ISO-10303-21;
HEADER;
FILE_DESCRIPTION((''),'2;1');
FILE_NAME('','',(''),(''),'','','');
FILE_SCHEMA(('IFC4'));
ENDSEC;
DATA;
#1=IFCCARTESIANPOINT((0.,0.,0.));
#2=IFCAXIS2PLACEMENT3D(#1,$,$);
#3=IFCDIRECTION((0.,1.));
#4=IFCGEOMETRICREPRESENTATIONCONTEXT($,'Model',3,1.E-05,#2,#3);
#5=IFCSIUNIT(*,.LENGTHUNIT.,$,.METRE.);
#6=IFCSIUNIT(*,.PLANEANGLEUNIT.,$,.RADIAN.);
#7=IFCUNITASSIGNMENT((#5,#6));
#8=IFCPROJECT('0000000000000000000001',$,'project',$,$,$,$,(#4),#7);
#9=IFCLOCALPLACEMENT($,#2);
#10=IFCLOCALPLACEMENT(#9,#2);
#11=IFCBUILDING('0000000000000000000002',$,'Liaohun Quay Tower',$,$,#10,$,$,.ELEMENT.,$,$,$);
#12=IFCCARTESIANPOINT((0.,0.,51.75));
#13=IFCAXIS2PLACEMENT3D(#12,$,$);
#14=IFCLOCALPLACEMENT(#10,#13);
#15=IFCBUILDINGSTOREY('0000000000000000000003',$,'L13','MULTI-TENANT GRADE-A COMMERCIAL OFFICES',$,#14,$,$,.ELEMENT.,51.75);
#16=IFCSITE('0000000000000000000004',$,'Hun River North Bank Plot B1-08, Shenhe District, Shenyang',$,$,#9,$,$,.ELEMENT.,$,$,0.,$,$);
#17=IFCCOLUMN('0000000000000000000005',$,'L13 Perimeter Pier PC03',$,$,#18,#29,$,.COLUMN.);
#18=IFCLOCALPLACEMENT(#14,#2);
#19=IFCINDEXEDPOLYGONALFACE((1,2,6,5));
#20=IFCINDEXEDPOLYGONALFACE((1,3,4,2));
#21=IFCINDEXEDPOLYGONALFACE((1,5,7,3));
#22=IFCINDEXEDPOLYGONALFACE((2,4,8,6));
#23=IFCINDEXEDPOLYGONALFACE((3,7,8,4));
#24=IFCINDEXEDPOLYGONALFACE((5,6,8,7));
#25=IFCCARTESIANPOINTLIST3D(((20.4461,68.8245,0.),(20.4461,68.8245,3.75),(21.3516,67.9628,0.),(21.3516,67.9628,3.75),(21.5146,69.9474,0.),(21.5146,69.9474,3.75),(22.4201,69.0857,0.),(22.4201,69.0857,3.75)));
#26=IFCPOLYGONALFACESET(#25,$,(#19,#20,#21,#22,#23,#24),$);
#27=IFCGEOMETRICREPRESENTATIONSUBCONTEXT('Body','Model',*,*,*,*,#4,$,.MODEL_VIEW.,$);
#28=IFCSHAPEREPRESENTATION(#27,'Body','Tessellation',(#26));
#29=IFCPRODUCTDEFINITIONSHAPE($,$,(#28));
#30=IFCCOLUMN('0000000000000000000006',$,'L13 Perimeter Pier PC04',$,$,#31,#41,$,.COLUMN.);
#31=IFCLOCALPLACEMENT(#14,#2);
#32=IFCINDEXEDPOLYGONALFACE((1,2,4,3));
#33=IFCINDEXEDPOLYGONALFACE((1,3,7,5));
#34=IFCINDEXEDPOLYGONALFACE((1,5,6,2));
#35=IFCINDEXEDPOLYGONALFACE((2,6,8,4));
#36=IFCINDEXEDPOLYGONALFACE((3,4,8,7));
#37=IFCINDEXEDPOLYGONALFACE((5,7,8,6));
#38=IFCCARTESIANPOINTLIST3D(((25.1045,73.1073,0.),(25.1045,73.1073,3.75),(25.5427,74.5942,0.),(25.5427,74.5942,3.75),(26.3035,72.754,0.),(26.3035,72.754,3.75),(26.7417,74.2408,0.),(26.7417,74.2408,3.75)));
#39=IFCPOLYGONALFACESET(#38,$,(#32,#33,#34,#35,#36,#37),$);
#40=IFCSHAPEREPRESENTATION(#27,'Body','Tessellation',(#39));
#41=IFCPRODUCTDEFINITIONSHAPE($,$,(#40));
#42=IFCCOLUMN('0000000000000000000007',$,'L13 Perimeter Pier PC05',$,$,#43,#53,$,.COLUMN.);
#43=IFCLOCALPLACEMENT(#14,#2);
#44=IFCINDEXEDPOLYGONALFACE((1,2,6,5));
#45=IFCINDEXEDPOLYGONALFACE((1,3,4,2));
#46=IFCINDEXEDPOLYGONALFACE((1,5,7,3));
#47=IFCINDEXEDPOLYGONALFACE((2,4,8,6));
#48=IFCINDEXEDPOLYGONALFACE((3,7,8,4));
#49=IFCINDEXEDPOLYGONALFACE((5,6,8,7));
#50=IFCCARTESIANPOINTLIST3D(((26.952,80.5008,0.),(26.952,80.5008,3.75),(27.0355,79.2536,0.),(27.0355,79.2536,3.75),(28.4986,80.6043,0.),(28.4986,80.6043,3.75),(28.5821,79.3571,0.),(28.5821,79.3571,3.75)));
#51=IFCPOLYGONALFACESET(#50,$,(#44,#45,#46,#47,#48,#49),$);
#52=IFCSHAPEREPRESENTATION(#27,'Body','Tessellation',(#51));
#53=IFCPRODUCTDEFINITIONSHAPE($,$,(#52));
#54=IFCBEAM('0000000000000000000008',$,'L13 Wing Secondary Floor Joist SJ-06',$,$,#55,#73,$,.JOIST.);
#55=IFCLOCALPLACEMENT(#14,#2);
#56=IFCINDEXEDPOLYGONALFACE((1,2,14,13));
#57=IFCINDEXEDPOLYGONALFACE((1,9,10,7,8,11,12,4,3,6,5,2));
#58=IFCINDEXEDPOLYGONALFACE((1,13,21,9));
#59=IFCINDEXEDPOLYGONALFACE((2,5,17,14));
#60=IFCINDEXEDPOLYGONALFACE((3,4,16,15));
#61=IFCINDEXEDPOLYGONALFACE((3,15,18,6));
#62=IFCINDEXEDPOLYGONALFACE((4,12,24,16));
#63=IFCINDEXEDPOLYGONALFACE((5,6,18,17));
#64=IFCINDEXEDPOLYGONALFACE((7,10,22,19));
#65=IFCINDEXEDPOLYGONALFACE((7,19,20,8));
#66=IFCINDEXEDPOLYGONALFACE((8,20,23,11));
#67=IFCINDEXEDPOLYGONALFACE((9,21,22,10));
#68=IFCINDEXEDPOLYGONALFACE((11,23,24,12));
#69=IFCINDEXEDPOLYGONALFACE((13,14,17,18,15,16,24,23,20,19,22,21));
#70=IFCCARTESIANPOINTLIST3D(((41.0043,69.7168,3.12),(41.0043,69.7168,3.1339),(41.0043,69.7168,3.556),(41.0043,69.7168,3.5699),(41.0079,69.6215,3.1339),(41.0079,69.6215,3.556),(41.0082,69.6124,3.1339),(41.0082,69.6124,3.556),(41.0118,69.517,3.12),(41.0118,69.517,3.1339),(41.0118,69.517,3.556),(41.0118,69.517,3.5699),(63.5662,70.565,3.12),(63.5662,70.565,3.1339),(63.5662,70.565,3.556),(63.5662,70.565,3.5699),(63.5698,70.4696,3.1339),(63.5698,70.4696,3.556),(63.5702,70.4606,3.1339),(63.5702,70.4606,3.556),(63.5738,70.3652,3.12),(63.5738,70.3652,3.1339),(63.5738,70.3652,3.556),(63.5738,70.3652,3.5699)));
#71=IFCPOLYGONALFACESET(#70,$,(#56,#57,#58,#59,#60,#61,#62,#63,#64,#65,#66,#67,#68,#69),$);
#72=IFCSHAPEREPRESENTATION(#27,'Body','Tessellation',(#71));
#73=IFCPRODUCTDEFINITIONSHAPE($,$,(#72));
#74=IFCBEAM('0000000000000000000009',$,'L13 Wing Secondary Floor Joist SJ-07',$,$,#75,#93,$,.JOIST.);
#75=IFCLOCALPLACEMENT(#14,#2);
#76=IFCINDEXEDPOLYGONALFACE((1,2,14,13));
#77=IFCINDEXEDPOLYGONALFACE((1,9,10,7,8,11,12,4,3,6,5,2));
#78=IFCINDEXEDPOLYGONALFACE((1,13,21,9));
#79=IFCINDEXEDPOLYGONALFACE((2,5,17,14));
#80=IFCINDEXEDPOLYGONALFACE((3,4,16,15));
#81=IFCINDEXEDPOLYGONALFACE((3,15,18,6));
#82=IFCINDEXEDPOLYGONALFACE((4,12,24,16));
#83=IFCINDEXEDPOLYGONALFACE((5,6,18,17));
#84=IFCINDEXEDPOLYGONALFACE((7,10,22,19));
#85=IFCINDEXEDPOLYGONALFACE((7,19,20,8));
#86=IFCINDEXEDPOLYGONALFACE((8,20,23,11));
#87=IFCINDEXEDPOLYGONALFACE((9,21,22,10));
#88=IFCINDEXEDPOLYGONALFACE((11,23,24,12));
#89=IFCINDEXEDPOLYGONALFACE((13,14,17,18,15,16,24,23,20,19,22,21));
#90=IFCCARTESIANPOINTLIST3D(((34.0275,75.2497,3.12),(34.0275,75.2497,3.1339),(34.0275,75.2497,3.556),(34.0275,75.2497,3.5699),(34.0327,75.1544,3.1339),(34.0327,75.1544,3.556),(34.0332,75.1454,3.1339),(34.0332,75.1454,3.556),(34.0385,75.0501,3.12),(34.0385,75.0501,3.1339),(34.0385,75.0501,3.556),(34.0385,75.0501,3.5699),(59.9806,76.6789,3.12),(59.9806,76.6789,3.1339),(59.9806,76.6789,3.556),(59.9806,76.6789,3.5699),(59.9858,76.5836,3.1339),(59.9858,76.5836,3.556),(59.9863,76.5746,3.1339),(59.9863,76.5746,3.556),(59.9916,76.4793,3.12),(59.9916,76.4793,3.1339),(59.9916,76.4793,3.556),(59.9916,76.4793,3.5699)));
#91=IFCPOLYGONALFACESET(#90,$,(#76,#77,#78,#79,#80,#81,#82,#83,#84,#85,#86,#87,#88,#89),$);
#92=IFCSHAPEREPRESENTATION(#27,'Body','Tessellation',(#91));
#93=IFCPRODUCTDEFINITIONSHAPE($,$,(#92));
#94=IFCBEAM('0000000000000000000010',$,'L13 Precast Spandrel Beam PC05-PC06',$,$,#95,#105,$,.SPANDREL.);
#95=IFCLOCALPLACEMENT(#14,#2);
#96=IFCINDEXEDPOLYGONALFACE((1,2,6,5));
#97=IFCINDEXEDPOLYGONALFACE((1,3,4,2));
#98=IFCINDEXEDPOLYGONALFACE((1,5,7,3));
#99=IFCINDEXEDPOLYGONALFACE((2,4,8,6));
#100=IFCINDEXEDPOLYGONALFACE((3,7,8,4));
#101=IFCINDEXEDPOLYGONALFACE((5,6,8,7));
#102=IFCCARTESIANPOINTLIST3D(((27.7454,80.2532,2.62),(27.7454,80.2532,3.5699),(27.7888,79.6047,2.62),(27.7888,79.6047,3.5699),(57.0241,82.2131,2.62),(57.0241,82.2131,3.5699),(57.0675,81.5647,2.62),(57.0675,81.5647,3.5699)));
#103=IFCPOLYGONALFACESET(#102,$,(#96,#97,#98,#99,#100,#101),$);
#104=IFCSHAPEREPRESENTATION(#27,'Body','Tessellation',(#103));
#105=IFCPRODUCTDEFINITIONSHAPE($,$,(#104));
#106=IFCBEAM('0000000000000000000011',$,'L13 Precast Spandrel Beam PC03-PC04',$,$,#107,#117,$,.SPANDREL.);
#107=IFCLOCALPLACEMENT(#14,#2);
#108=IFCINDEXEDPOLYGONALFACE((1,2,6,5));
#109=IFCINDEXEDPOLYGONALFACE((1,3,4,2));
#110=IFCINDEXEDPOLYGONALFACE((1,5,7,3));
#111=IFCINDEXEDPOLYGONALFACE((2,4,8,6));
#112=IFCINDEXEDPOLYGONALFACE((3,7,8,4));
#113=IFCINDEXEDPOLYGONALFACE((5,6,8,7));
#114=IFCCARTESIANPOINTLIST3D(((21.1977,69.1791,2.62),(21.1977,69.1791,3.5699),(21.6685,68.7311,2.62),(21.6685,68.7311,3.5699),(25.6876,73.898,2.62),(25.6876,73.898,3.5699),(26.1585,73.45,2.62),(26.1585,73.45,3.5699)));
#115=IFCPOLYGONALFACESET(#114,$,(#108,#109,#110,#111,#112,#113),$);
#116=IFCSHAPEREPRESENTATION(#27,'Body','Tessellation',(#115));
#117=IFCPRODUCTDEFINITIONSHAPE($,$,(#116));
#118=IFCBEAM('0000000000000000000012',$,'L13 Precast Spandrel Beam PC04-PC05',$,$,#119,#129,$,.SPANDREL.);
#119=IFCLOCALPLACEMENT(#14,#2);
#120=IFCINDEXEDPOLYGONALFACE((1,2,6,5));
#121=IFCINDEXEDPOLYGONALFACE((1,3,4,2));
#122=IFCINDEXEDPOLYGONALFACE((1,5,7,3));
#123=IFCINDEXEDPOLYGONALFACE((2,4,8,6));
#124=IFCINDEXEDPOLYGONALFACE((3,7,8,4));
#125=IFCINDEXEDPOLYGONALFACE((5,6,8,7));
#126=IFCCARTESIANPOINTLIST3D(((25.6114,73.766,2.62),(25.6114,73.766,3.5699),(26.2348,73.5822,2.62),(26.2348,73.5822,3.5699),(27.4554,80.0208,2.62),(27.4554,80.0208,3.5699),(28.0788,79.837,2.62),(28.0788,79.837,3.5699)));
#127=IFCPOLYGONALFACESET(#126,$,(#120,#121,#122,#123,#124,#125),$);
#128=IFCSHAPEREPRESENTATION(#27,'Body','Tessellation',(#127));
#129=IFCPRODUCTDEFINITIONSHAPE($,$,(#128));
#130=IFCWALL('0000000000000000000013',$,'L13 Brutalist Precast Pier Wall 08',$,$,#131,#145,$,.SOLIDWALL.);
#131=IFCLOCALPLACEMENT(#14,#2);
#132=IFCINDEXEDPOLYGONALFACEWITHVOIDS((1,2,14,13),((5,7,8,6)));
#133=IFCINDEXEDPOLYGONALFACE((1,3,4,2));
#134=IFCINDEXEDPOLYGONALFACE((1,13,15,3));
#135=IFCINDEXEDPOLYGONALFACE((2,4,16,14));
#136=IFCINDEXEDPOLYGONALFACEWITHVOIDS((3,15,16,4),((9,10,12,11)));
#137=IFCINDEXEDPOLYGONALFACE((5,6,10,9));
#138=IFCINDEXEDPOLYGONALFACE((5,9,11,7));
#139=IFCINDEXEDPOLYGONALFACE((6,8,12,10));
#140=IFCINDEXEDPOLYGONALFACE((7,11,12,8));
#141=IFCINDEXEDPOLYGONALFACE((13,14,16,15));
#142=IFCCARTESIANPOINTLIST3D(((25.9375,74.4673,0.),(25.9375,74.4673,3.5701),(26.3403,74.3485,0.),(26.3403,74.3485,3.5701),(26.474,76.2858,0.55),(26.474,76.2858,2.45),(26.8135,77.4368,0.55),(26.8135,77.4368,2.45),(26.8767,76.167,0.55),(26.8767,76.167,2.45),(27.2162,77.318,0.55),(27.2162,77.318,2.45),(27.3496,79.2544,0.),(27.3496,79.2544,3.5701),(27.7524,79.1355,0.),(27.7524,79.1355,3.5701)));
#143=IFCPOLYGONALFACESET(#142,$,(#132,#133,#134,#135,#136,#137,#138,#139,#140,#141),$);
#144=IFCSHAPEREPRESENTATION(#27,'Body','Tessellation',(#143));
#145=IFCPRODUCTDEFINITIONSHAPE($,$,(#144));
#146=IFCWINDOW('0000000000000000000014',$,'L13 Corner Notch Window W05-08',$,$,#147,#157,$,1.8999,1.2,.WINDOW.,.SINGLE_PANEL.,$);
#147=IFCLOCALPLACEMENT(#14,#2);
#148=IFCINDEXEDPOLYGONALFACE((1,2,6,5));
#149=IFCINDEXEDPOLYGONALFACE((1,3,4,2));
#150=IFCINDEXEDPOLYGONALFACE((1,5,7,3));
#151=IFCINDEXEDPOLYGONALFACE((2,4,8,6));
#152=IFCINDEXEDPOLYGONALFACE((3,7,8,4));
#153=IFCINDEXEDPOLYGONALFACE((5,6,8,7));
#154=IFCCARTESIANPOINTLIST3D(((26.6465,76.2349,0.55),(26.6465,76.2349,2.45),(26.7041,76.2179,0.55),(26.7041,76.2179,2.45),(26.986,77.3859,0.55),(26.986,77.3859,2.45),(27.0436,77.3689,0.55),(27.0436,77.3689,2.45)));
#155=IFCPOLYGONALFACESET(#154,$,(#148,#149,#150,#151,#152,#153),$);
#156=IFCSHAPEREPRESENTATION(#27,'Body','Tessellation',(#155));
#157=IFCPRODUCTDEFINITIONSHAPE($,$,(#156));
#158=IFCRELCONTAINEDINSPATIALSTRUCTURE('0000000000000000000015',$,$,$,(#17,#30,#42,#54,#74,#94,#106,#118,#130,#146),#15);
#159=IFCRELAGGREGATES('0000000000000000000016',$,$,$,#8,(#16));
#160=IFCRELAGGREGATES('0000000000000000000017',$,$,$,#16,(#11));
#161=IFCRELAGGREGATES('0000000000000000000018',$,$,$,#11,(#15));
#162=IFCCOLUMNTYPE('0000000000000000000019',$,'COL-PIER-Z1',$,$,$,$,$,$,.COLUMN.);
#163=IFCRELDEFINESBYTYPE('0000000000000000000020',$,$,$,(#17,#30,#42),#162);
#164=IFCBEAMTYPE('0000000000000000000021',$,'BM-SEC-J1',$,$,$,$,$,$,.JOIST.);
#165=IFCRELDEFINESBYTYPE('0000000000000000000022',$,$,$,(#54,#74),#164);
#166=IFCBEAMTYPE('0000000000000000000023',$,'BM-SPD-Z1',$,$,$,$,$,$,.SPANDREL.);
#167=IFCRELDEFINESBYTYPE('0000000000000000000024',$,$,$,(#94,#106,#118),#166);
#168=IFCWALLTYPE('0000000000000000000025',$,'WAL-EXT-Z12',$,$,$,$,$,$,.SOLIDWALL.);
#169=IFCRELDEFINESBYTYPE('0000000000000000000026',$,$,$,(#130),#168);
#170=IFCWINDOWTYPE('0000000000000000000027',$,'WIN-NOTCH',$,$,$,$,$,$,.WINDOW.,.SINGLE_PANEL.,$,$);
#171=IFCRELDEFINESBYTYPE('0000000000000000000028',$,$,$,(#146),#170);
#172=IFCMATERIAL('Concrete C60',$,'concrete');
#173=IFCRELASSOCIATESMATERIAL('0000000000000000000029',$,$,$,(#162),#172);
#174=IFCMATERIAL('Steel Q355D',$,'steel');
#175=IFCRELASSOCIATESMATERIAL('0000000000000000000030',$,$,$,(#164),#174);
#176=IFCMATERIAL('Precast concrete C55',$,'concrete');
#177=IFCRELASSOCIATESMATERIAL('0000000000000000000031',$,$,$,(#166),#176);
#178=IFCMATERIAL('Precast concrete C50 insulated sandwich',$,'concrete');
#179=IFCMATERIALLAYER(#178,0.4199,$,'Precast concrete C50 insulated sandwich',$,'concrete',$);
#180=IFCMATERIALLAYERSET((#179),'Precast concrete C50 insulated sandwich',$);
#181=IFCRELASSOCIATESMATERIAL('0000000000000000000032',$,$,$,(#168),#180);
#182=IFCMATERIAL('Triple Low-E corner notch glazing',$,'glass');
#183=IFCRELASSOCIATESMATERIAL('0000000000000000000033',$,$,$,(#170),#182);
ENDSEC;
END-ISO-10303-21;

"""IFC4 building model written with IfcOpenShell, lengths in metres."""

from ifc_helpers import new_model, si_unit, direction, frame, frame_2d, origin, origin_2d, place, context, subcontext, project, spatial, rectangle, i_section, extrude, source, transform, mapped, material, layer, layer_set, material_profile, profile_set, type_object, element, fill, save


model = new_model("IFC4")

# Units and contexts
model_context = context("Model", 3, precision=1e-05, world=origin(), true_north=direction((0.0, 1.0)))
body_context = subcontext(model_context, "Body", "Model", "MODEL_VIEW")
ifc_project = project(units=[si_unit("LENGTHUNIT", "METRE"), si_unit("PLANEANGLEUNIT", "RADIAN")], contexts=[model_context])

# Site, building, storey
site_placement = place(None, origin())
site = spatial("IfcSite", under=ifc_project, at=site_placement, Name="Hun River North Bank Plot B1-08, Shenhe District, Shenyang", CompositionType="ELEMENT", RefElevation=0.0)
building_placement = place(site_placement, origin())
building = spatial("IfcBuilding", under=site, at=building_placement, Name="Liaohun Quay Tower", CompositionType="ELEMENT")
storey_placement = place(building_placement, frame((0.0, 0.0, 51.75)))
storey = spatial("IfcBuildingStorey", under=building, at=storey_placement, Name="L13", Description="MULTI-TENANT GRADE-A COMMERCIAL OFFICES", CompositionType="ELEMENT", Elevation=51.75)

# Columns
ifc_material_1 = material(Name="Concrete C60", Category="concrete")
ifc_material_profile_1 = material_profile(ifc_material_1, rectangle(XDim=1.55, YDim=1.25, at=origin_2d()), Name="RC1550x1250")
ifc_profile_set_1 = profile_set([ifc_material_profile_1], Name="Concrete C60")
column_type = type_object("IfcColumnType", Name="COL-PIER-Z1", PredefinedType="COLUMN", material=ifc_profile_set_1)
shared_shape_1 = source(origin(), body_context, "Body", "SweptSolid", [
    extrude(rectangle(XDim=1.55, YDim=1.25, at=origin_2d()), origin(), (0.0, 0.0, 1.0), 3.75),
])
for number, where, z_axis, x_axis, name in (
    (1, (21.4331, 68.9551, 0.0), (0.0, 0.0, 1.0), (0.689367, 0.724413, 0.0), "L13 Perimeter Pier PC03"),
    (2, (25.9231, 73.6741, 0.0), (0.0, 0.0, 1.0), (0.282676, 0.959215, 0.0), "L13 Perimeter Pier PC04"),
    (3, (27.7671, 79.929, 0.0), (0.0, 0.0, 1.0), (0.997767, 0.066796, 0.0), "L13 Perimeter Pier PC05"),
):
    element("IfcColumn", number, at=place(storey_placement, frame(where, z_axis=z_axis, x_axis=x_axis)), inside=storey, type_object=column_type, Name=name, PredefinedType="COLUMN", context=body_context, shape_type="MappedRepresentation", body=[
        mapped(shared_shape_1, transform((0.0, 0.0, 0.0), x_axis=(1.0, 0.0, 0.0), y_axis=(0.0, 1.0, 0.0), z_axis=(0.0, 0.0, 1.0), scale=1.0)),
    ])

# Beams
ifc_material_2 = material(Name="Steel Q355D", Category="steel")
ifc_material_profile_2 = material_profile(ifc_material_2, i_section(OverallWidth=0.2, OverallDepth=0.45, WebThickness=0.009, FlangeThickness=0.0139, at=origin_2d()), Name="HN450x200x9x14")
ifc_profile_set_2 = profile_set([ifc_material_profile_2], Name="Steel Q355D")
beam_type_1 = type_object("IfcBeamType", Name="BM-SEC-J1", PredefinedType="JOIST", material=ifc_profile_set_2)
shared_shape_2 = source(origin(), body_context, "Body", "SweptSolid", [
    extrude(i_section(OverallWidth=0.2, OverallDepth=0.45, WebThickness=0.009, FlangeThickness=0.0139, at=origin_2d()), origin(), (0.0, 0.0, 1.0), 22.5779),
])
beam_1_placement = place(storey_placement, frame((41.0081, 69.6169, 3.345), z_axis=(0.999294, 0.037565, 0.0), x_axis=(-0.037565, 0.999294, 0.0)))
element("IfcBeam", 4, at=beam_1_placement, inside=storey, type_object=beam_type_1, Name="L13 Wing Secondary Floor Joist SJ-06", PredefinedType="JOIST", context=body_context, shape_type="MappedRepresentation", body=[
    mapped(shared_shape_2, transform((0.0, 0.0, 0.0), x_axis=(1.0, 0.0, 0.0), y_axis=(0.0, 1.0, 0.0), z_axis=(0.0, 0.0, 1.0), scale=1.0)),
])
shared_shape_3 = source(origin(), body_context, "Body", "SweptSolid", [
    extrude(i_section(OverallWidth=0.2, OverallDepth=0.45, WebThickness=0.009, FlangeThickness=0.0139, at=origin_2d()), origin(), (0.0, 0.0, 1.0), 25.9924),
])
beam_2_placement = place(storey_placement, frame((34.033, 75.1499, 3.345), z_axis=(0.998487, 0.054985, 0.0), x_axis=(-0.054985, 0.998487, 0.0)))
element("IfcBeam", 5, at=beam_2_placement, inside=storey, type_object=beam_type_1, Name="L13 Wing Secondary Floor Joist SJ-07", PredefinedType="JOIST", context=body_context, shape_type="MappedRepresentation", body=[
    mapped(shared_shape_3, transform((0.0, 0.0, 0.0), x_axis=(1.0, 0.0, 0.0), y_axis=(0.0, 1.0, 0.0), z_axis=(0.0, 0.0, 1.0), scale=1.0)),
])
ifc_material_3 = material(Name="Precast concrete C55", Category="concrete")
ifc_material_profile_3 = material_profile(ifc_material_3, rectangle(XDim=0.6499, YDim=0.95, at=origin_2d()), Name="RC650x950")
ifc_profile_set_3 = profile_set([ifc_material_profile_3], Name="Precast concrete C55")
beam_type_2 = type_object("IfcBeamType", Name="BM-SPD-Z1", PredefinedType="SPANDREL", material=ifc_profile_set_3)
shared_shape_4 = source(origin(), body_context, "Body", "SweptSolid", [
    extrude(rectangle(XDim=0.6499, YDim=0.95, at=origin_2d()), origin(), (0.0, 0.0, 1.0), 29.3442),
])
beam_3_placement = place(storey_placement, frame((27.7671, 79.929, 3.095), z_axis=(0.997767, 0.066792, 0.0), x_axis=(-0.066792, 0.997767, 0.0)))
element("IfcBeam", 6, at=beam_3_placement, inside=storey, type_object=beam_type_2, Name="L13 Precast Spandrel Beam PC05-PC06", PredefinedType="SPANDREL", context=body_context, shape_type="MappedRepresentation", body=[
    mapped(shared_shape_4, transform((0.0, 0.0, 0.0), x_axis=(1.0, 0.0, 0.0), y_axis=(0.0, 1.0, 0.0), z_axis=(0.0, 0.0, 1.0), scale=1.0)),
])
shared_shape_5 = source(origin(), body_context, "Body", "SweptSolid", [
    extrude(rectangle(XDim=0.6499, YDim=0.95, at=origin_2d()), origin(), (0.0, 0.0, 1.0), 6.5137),
])
beam_4_placement = place(storey_placement, frame((21.4331, 68.9551, 3.095), z_axis=(0.68931, 0.724467, 0.0), x_axis=(-0.724467, 0.68931, 0.0)))
element("IfcBeam", 7, at=beam_4_placement, inside=storey, type_object=beam_type_2, Name="L13 Precast Spandrel Beam PC03-PC04", PredefinedType="SPANDREL", context=body_context, shape_type="MappedRepresentation", body=[
    mapped(shared_shape_5, transform((0.0, 0.0, 0.0), x_axis=(1.0, 0.0, 0.0), y_axis=(0.0, 1.0, 0.0), z_axis=(0.0, 0.0, 1.0), scale=1.0)),
])
shared_shape_6 = source(origin(), body_context, "Body", "SweptSolid", [
    extrude(rectangle(XDim=0.6499, YDim=0.95, at=origin_2d()), origin(), (0.0, 0.0, 1.0), 6.521),
])
beam_5_placement = place(storey_placement, frame((25.9231, 73.6741, 3.095), z_axis=(0.282776, 0.959186, 0.0), x_axis=(-0.959186, 0.282776, 0.0)))
element("IfcBeam", 8, at=beam_5_placement, inside=storey, type_object=beam_type_2, Name="L13 Precast Spandrel Beam PC04-PC05", PredefinedType="SPANDREL", context=body_context, shape_type="MappedRepresentation", body=[
    mapped(shared_shape_6, transform((0.0, 0.0, 0.0), x_axis=(1.0, 0.0, 0.0), y_axis=(0.0, 1.0, 0.0), z_axis=(0.0, 0.0, 1.0), scale=1.0)),
])

# Wall, opening, window
ifc_material_4 = material(Name="Precast concrete C50 insulated sandwich", Category="concrete")
ifc_layer_1 = layer(ifc_material_4, 0.4199, Name="Precast concrete C50 insulated sandwich", Category="concrete")
ifc_layer_set_1 = layer_set([ifc_layer_1], Name="Precast concrete C50 insulated sandwich")
wall_type_1 = type_object("IfcWallType", Name="WAL-EXT-Z12", PredefinedType="SOLIDWALL", material=ifc_layer_set_1)
wall_1_placement = place(storey_placement, frame((27.551, 79.1951, 0.0), z_axis=(0.0, 0.0, 1.0), x_axis=(-0.282929, -0.959141, 0.0)))
wall_1 = element("IfcWall", 9, at=wall_1_placement, inside=storey, type_object=wall_type_1, Name="L13 Brutalist Precast Pier Wall 08", PredefinedType="SOLIDWALL", context=body_context, shape_type="SweptSolid", body=[
    extrude(rectangle(XDim=4.991, YDim=0.4199, at=frame_2d((2.4956, 0.0))), origin(), (0.0, 0.0, 1.0), 3.5701),
])
shared_shape_7 = source(origin(), body_context, "Body", "SweptSolid", [
    extrude(rectangle(XDim=1.2, YDim=1.8999, at=frame_2d((0.6001, 0.95))), frame((0.0, 0.22, 0.0), z_axis=(0.0, -1.0, 0.0), x_axis=(1.0, 0.0, 0.0)), (0.0, 0.0, 1.0), 0.4399),
])
opening_1_placement = place(wall_1_placement, frame((1.895, 0.0, 0.55)))
opening_1 = element("IfcOpeningElement", 10, at=opening_1_placement, cuts=wall_1, PredefinedType="OPENING", context=body_context, shape_type="MappedRepresentation", body=[
    mapped(shared_shape_7, transform((0.0, 0.0, 0.0), x_axis=(1.0, 0.0, 0.0), y_axis=(0.0, 1.0, 0.0), z_axis=(0.0, 0.0, 1.0), scale=1.0)),
])
ifc_material_5 = material(Name="Triple Low-E corner notch glazing", Category="glass")
window_type_1 = type_object("IfcWindowType", Name="WIN-NOTCH", PartitioningType="SINGLE_PANEL", PredefinedType="WINDOW", material=ifc_material_5)
shared_shape_8 = source(origin(), body_context, "Body", "SweptSolid", [
    extrude(rectangle(XDim=1.2, YDim=1.8999, at=frame_2d((0.6001, 0.95))), frame((0.0, 0.03, 0.0), z_axis=(0.0, -1.0, 0.0), x_axis=(1.0, 0.0, 0.0)), (0.0, 0.0, 1.0), 0.0601),
])
window_1_placement = place(opening_1_placement, origin())
window_1 = element("IfcWindow", 11, at=window_1_placement, inside=storey, type_object=window_type_1, Name="L13 Corner Notch Window W05-08", OverallHeight=1.8999, OverallWidth=1.2, PartitioningType="SINGLE_PANEL", PredefinedType="WINDOW", context=body_context, shape_type="MappedRepresentation", body=[
    mapped(shared_shape_8, transform((0.0, 0.0, 0.0), x_axis=(1.0, 0.0, 0.0), y_axis=(0.0, 1.0, 0.0), z_axis=(0.0, 0.0, 1.0), scale=1.0)),
])
fill(opening_1, window_1)

save(model, "model.ifc")
